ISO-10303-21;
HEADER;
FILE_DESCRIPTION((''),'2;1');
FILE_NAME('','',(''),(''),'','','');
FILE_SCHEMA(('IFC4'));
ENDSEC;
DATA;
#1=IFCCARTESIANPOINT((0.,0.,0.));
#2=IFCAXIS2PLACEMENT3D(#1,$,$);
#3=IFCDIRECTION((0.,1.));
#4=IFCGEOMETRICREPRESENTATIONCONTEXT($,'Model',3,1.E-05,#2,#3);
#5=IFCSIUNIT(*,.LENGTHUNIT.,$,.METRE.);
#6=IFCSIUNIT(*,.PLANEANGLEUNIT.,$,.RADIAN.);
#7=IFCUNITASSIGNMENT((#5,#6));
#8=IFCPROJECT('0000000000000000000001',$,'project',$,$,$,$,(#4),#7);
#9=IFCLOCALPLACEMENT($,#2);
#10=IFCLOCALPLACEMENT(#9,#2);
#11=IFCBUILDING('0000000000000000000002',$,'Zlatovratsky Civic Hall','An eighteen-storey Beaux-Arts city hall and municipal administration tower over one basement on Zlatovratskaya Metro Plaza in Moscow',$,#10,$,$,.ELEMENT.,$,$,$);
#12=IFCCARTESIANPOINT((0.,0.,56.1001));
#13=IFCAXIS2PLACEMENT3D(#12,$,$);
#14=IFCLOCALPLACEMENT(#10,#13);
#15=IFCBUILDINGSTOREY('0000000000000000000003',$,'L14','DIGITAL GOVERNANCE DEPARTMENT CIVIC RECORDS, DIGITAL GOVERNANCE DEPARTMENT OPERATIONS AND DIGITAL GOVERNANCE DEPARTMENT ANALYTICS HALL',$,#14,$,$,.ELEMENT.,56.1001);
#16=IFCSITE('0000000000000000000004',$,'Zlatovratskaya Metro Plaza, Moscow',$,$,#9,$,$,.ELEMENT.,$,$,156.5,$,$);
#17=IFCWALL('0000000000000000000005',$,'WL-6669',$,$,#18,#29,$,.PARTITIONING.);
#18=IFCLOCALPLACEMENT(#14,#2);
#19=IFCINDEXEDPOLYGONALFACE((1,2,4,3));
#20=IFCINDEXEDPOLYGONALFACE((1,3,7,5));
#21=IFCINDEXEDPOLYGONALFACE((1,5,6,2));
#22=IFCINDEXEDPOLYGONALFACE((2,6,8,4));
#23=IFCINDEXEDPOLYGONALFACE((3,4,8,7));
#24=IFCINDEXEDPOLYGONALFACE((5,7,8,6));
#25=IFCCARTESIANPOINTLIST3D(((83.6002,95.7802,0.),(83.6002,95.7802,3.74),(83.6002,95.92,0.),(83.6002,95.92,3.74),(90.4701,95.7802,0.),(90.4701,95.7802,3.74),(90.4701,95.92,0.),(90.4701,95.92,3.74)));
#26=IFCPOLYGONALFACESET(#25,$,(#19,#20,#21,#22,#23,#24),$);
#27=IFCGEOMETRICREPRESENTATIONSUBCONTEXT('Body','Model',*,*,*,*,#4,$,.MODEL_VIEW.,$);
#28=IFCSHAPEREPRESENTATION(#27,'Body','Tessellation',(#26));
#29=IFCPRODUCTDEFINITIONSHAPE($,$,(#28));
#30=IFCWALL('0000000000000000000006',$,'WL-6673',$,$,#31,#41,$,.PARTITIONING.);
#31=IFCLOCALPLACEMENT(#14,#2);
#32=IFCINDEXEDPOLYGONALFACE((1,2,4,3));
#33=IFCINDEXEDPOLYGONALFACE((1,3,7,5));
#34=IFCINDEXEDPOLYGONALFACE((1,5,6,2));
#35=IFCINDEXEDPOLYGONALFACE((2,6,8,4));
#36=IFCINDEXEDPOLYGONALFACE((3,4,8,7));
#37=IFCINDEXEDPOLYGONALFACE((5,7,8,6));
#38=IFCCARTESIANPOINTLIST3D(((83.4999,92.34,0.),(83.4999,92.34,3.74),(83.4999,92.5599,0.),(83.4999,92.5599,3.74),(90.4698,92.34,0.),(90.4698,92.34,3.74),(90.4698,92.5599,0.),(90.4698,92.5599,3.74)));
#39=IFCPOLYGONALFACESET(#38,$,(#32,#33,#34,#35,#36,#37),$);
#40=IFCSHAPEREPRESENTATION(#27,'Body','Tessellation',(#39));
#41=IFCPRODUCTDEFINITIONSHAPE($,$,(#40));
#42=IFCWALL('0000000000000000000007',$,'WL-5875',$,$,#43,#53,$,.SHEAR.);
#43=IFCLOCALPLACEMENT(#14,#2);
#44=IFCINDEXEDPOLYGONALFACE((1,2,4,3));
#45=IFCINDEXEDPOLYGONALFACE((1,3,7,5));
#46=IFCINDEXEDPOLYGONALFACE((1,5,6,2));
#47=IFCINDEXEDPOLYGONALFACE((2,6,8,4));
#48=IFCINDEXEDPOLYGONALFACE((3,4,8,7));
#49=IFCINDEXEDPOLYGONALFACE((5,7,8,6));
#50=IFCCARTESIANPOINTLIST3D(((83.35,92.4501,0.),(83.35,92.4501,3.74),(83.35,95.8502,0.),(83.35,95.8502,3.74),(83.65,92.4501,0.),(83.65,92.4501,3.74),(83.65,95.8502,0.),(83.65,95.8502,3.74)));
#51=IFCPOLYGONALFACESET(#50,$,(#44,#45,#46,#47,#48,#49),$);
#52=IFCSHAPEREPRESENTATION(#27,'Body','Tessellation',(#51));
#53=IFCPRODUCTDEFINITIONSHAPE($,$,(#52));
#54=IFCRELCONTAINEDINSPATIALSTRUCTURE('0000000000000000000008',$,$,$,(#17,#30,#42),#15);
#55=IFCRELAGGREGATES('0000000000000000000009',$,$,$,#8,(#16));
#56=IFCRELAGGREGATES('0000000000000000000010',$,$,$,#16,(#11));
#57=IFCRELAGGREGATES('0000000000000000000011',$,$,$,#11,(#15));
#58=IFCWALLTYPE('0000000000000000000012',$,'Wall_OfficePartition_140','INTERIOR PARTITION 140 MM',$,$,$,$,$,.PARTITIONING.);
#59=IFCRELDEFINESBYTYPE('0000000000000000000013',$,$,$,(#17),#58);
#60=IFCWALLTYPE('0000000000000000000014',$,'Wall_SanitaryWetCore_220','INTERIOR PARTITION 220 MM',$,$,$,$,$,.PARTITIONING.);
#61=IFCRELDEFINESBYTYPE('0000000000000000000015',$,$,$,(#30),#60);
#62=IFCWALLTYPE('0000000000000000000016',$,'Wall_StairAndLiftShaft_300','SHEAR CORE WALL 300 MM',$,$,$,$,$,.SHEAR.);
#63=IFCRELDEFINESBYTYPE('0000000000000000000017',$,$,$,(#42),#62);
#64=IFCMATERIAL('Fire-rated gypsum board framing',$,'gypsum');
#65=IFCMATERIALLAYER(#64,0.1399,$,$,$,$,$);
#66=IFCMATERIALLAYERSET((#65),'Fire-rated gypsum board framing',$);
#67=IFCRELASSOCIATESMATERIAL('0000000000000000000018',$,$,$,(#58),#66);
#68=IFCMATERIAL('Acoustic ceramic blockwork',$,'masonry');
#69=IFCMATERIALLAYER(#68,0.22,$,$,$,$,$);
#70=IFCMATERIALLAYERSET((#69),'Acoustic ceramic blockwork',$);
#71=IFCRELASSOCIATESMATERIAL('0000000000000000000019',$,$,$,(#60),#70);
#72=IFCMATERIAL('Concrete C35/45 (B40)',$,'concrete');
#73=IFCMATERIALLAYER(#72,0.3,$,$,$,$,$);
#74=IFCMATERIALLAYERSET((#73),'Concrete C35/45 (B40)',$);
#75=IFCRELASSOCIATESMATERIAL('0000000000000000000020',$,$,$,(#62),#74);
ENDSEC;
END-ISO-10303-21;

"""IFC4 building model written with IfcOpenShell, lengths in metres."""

from ifc_helpers import new_model, si_unit, direction, frame, frame_2d, origin, place, context, subcontext, project, spatial, rectangle, extrude, material, layer, layer_set, type_object, element, save


model = new_model("IFC4")

# Units and contexts
model_context = context("Model", 3, precision=1e-05, world=origin(), true_north=direction((0.0, 1.0)))
body_context = subcontext(model_context, "Body", "Model", "MODEL_VIEW")
ifc_project = project(units=[si_unit("LENGTHUNIT", "METRE"), si_unit("PLANEANGLEUNIT", "RADIAN")], contexts=[model_context])

# Site, building, storey
site_placement = place(None, origin())
site = spatial("IfcSite", under=ifc_project, at=site_placement, Name="Zlatovratskaya Metro Plaza, Moscow", CompositionType="ELEMENT", RefElevation=156.5)
building_placement = place(site_placement, origin())
building = spatial("IfcBuilding", under=site, at=building_placement, Name="Zlatovratsky Civic Hall", Description="An eighteen-storey Beaux-Arts city hall and municipal administration tower over one basement on Zlatovratskaya Metro Plaza in Moscow", CompositionType="ELEMENT")
storey_placement = place(building_placement, frame((0.0, 0.0, 56.1001)))
storey = spatial("IfcBuildingStorey", under=building, at=storey_placement, Name="L14", Description="DIGITAL GOVERNANCE DEPARTMENT CIVIC RECORDS, DIGITAL GOVERNANCE DEPARTMENT OPERATIONS AND DIGITAL GOVERNANCE DEPARTMENT ANALYTICS HALL", CompositionType="ELEMENT", Elevation=56.1001)

# Shared definitions
ifc_material_1 = material(Name="Concrete C35/45 (B40)", Category="concrete")

# Shared definitions
ifc_material_2 = material(Name="Acoustic ceramic blockwork", Category="masonry")

# Walls
ifc_material_3 = material(Name="Fire-rated gypsum board framing", Category="gypsum")
ifc_layer_1 = layer(ifc_material_3, 0.1399)
ifc_layer_set_1 = layer_set([ifc_layer_1], Name="Fire-rated gypsum board framing")
wall_type_1 = type_object("IfcWallType", Name="Wall_OfficePartition_140", Description="INTERIOR PARTITION 140 MM", PredefinedType="PARTITIONING", material=ifc_layer_set_1)
wall_1_placement = place(storey_placement, frame((83.6001, 95.8501, 0.0), z_axis=(0.0, 0.0, 1.0), x_axis=(1.0, 0.0, 0.0)))
element("IfcWall", 1, at=wall_1_placement, inside=storey, type_object=wall_type_1, Name="WL-6669", PredefinedType="PARTITIONING", context=body_context, shape_type="SweptSolid", body=[
    extrude(rectangle(XDim=6.8699, YDim=0.1399, at=frame_2d((3.4351, 0.0))), origin(), (0.0, 0.0, 1.0), 3.74),
])
ifc_layer_2 = layer(ifc_material_2, 0.22)
ifc_layer_set_2 = layer_set([ifc_layer_2], Name="Acoustic ceramic blockwork")
wall_type_2 = type_object("IfcWallType", Name="Wall_SanitaryWetCore_220", Description="INTERIOR PARTITION 220 MM", PredefinedType="PARTITIONING", material=ifc_layer_set_2)
wall_2_placement = place(storey_placement, frame((83.5, 92.45, 0.0), z_axis=(0.0, 0.0, 1.0), x_axis=(1.0, 0.0, 0.0)))
element("IfcWall", 2, at=wall_2_placement, inside=storey, type_object=wall_type_2, Name="WL-6673", PredefinedType="PARTITIONING", context=body_context, shape_type="SweptSolid", body=[
    extrude(rectangle(XDim=6.97, YDim=0.22, at=frame_2d((3.4849, 0.0))), origin(), (0.0, 0.0, 1.0), 3.74),
])
ifc_layer_3 = layer(ifc_material_1, 0.3)
ifc_layer_set_3 = layer_set([ifc_layer_3], Name="Concrete C35/45 (B40)")
wall_type_3 = type_object("IfcWallType", Name="Wall_StairAndLiftShaft_300", Description="SHEAR CORE WALL 300 MM", PredefinedType="SHEAR", material=ifc_layer_set_3)
wall_3_placement = place(storey_placement, frame((83.5, 92.45, 0.0), z_axis=(0.0, 0.0, 1.0), x_axis=(0.0, 1.0, 0.0)))
element("IfcWall", 3, at=wall_3_placement, inside=storey, type_object=wall_type_3, Name="WL-5875", PredefinedType="SHEAR", context=body_context, shape_type="SweptSolid", body=[
    extrude(rectangle(XDim=3.4001, YDim=0.3, at=frame_2d((1.7002, 0.0))), origin(), (0.0, 0.0, 1.0), 3.74),
])

save(model, "model.ifc")
